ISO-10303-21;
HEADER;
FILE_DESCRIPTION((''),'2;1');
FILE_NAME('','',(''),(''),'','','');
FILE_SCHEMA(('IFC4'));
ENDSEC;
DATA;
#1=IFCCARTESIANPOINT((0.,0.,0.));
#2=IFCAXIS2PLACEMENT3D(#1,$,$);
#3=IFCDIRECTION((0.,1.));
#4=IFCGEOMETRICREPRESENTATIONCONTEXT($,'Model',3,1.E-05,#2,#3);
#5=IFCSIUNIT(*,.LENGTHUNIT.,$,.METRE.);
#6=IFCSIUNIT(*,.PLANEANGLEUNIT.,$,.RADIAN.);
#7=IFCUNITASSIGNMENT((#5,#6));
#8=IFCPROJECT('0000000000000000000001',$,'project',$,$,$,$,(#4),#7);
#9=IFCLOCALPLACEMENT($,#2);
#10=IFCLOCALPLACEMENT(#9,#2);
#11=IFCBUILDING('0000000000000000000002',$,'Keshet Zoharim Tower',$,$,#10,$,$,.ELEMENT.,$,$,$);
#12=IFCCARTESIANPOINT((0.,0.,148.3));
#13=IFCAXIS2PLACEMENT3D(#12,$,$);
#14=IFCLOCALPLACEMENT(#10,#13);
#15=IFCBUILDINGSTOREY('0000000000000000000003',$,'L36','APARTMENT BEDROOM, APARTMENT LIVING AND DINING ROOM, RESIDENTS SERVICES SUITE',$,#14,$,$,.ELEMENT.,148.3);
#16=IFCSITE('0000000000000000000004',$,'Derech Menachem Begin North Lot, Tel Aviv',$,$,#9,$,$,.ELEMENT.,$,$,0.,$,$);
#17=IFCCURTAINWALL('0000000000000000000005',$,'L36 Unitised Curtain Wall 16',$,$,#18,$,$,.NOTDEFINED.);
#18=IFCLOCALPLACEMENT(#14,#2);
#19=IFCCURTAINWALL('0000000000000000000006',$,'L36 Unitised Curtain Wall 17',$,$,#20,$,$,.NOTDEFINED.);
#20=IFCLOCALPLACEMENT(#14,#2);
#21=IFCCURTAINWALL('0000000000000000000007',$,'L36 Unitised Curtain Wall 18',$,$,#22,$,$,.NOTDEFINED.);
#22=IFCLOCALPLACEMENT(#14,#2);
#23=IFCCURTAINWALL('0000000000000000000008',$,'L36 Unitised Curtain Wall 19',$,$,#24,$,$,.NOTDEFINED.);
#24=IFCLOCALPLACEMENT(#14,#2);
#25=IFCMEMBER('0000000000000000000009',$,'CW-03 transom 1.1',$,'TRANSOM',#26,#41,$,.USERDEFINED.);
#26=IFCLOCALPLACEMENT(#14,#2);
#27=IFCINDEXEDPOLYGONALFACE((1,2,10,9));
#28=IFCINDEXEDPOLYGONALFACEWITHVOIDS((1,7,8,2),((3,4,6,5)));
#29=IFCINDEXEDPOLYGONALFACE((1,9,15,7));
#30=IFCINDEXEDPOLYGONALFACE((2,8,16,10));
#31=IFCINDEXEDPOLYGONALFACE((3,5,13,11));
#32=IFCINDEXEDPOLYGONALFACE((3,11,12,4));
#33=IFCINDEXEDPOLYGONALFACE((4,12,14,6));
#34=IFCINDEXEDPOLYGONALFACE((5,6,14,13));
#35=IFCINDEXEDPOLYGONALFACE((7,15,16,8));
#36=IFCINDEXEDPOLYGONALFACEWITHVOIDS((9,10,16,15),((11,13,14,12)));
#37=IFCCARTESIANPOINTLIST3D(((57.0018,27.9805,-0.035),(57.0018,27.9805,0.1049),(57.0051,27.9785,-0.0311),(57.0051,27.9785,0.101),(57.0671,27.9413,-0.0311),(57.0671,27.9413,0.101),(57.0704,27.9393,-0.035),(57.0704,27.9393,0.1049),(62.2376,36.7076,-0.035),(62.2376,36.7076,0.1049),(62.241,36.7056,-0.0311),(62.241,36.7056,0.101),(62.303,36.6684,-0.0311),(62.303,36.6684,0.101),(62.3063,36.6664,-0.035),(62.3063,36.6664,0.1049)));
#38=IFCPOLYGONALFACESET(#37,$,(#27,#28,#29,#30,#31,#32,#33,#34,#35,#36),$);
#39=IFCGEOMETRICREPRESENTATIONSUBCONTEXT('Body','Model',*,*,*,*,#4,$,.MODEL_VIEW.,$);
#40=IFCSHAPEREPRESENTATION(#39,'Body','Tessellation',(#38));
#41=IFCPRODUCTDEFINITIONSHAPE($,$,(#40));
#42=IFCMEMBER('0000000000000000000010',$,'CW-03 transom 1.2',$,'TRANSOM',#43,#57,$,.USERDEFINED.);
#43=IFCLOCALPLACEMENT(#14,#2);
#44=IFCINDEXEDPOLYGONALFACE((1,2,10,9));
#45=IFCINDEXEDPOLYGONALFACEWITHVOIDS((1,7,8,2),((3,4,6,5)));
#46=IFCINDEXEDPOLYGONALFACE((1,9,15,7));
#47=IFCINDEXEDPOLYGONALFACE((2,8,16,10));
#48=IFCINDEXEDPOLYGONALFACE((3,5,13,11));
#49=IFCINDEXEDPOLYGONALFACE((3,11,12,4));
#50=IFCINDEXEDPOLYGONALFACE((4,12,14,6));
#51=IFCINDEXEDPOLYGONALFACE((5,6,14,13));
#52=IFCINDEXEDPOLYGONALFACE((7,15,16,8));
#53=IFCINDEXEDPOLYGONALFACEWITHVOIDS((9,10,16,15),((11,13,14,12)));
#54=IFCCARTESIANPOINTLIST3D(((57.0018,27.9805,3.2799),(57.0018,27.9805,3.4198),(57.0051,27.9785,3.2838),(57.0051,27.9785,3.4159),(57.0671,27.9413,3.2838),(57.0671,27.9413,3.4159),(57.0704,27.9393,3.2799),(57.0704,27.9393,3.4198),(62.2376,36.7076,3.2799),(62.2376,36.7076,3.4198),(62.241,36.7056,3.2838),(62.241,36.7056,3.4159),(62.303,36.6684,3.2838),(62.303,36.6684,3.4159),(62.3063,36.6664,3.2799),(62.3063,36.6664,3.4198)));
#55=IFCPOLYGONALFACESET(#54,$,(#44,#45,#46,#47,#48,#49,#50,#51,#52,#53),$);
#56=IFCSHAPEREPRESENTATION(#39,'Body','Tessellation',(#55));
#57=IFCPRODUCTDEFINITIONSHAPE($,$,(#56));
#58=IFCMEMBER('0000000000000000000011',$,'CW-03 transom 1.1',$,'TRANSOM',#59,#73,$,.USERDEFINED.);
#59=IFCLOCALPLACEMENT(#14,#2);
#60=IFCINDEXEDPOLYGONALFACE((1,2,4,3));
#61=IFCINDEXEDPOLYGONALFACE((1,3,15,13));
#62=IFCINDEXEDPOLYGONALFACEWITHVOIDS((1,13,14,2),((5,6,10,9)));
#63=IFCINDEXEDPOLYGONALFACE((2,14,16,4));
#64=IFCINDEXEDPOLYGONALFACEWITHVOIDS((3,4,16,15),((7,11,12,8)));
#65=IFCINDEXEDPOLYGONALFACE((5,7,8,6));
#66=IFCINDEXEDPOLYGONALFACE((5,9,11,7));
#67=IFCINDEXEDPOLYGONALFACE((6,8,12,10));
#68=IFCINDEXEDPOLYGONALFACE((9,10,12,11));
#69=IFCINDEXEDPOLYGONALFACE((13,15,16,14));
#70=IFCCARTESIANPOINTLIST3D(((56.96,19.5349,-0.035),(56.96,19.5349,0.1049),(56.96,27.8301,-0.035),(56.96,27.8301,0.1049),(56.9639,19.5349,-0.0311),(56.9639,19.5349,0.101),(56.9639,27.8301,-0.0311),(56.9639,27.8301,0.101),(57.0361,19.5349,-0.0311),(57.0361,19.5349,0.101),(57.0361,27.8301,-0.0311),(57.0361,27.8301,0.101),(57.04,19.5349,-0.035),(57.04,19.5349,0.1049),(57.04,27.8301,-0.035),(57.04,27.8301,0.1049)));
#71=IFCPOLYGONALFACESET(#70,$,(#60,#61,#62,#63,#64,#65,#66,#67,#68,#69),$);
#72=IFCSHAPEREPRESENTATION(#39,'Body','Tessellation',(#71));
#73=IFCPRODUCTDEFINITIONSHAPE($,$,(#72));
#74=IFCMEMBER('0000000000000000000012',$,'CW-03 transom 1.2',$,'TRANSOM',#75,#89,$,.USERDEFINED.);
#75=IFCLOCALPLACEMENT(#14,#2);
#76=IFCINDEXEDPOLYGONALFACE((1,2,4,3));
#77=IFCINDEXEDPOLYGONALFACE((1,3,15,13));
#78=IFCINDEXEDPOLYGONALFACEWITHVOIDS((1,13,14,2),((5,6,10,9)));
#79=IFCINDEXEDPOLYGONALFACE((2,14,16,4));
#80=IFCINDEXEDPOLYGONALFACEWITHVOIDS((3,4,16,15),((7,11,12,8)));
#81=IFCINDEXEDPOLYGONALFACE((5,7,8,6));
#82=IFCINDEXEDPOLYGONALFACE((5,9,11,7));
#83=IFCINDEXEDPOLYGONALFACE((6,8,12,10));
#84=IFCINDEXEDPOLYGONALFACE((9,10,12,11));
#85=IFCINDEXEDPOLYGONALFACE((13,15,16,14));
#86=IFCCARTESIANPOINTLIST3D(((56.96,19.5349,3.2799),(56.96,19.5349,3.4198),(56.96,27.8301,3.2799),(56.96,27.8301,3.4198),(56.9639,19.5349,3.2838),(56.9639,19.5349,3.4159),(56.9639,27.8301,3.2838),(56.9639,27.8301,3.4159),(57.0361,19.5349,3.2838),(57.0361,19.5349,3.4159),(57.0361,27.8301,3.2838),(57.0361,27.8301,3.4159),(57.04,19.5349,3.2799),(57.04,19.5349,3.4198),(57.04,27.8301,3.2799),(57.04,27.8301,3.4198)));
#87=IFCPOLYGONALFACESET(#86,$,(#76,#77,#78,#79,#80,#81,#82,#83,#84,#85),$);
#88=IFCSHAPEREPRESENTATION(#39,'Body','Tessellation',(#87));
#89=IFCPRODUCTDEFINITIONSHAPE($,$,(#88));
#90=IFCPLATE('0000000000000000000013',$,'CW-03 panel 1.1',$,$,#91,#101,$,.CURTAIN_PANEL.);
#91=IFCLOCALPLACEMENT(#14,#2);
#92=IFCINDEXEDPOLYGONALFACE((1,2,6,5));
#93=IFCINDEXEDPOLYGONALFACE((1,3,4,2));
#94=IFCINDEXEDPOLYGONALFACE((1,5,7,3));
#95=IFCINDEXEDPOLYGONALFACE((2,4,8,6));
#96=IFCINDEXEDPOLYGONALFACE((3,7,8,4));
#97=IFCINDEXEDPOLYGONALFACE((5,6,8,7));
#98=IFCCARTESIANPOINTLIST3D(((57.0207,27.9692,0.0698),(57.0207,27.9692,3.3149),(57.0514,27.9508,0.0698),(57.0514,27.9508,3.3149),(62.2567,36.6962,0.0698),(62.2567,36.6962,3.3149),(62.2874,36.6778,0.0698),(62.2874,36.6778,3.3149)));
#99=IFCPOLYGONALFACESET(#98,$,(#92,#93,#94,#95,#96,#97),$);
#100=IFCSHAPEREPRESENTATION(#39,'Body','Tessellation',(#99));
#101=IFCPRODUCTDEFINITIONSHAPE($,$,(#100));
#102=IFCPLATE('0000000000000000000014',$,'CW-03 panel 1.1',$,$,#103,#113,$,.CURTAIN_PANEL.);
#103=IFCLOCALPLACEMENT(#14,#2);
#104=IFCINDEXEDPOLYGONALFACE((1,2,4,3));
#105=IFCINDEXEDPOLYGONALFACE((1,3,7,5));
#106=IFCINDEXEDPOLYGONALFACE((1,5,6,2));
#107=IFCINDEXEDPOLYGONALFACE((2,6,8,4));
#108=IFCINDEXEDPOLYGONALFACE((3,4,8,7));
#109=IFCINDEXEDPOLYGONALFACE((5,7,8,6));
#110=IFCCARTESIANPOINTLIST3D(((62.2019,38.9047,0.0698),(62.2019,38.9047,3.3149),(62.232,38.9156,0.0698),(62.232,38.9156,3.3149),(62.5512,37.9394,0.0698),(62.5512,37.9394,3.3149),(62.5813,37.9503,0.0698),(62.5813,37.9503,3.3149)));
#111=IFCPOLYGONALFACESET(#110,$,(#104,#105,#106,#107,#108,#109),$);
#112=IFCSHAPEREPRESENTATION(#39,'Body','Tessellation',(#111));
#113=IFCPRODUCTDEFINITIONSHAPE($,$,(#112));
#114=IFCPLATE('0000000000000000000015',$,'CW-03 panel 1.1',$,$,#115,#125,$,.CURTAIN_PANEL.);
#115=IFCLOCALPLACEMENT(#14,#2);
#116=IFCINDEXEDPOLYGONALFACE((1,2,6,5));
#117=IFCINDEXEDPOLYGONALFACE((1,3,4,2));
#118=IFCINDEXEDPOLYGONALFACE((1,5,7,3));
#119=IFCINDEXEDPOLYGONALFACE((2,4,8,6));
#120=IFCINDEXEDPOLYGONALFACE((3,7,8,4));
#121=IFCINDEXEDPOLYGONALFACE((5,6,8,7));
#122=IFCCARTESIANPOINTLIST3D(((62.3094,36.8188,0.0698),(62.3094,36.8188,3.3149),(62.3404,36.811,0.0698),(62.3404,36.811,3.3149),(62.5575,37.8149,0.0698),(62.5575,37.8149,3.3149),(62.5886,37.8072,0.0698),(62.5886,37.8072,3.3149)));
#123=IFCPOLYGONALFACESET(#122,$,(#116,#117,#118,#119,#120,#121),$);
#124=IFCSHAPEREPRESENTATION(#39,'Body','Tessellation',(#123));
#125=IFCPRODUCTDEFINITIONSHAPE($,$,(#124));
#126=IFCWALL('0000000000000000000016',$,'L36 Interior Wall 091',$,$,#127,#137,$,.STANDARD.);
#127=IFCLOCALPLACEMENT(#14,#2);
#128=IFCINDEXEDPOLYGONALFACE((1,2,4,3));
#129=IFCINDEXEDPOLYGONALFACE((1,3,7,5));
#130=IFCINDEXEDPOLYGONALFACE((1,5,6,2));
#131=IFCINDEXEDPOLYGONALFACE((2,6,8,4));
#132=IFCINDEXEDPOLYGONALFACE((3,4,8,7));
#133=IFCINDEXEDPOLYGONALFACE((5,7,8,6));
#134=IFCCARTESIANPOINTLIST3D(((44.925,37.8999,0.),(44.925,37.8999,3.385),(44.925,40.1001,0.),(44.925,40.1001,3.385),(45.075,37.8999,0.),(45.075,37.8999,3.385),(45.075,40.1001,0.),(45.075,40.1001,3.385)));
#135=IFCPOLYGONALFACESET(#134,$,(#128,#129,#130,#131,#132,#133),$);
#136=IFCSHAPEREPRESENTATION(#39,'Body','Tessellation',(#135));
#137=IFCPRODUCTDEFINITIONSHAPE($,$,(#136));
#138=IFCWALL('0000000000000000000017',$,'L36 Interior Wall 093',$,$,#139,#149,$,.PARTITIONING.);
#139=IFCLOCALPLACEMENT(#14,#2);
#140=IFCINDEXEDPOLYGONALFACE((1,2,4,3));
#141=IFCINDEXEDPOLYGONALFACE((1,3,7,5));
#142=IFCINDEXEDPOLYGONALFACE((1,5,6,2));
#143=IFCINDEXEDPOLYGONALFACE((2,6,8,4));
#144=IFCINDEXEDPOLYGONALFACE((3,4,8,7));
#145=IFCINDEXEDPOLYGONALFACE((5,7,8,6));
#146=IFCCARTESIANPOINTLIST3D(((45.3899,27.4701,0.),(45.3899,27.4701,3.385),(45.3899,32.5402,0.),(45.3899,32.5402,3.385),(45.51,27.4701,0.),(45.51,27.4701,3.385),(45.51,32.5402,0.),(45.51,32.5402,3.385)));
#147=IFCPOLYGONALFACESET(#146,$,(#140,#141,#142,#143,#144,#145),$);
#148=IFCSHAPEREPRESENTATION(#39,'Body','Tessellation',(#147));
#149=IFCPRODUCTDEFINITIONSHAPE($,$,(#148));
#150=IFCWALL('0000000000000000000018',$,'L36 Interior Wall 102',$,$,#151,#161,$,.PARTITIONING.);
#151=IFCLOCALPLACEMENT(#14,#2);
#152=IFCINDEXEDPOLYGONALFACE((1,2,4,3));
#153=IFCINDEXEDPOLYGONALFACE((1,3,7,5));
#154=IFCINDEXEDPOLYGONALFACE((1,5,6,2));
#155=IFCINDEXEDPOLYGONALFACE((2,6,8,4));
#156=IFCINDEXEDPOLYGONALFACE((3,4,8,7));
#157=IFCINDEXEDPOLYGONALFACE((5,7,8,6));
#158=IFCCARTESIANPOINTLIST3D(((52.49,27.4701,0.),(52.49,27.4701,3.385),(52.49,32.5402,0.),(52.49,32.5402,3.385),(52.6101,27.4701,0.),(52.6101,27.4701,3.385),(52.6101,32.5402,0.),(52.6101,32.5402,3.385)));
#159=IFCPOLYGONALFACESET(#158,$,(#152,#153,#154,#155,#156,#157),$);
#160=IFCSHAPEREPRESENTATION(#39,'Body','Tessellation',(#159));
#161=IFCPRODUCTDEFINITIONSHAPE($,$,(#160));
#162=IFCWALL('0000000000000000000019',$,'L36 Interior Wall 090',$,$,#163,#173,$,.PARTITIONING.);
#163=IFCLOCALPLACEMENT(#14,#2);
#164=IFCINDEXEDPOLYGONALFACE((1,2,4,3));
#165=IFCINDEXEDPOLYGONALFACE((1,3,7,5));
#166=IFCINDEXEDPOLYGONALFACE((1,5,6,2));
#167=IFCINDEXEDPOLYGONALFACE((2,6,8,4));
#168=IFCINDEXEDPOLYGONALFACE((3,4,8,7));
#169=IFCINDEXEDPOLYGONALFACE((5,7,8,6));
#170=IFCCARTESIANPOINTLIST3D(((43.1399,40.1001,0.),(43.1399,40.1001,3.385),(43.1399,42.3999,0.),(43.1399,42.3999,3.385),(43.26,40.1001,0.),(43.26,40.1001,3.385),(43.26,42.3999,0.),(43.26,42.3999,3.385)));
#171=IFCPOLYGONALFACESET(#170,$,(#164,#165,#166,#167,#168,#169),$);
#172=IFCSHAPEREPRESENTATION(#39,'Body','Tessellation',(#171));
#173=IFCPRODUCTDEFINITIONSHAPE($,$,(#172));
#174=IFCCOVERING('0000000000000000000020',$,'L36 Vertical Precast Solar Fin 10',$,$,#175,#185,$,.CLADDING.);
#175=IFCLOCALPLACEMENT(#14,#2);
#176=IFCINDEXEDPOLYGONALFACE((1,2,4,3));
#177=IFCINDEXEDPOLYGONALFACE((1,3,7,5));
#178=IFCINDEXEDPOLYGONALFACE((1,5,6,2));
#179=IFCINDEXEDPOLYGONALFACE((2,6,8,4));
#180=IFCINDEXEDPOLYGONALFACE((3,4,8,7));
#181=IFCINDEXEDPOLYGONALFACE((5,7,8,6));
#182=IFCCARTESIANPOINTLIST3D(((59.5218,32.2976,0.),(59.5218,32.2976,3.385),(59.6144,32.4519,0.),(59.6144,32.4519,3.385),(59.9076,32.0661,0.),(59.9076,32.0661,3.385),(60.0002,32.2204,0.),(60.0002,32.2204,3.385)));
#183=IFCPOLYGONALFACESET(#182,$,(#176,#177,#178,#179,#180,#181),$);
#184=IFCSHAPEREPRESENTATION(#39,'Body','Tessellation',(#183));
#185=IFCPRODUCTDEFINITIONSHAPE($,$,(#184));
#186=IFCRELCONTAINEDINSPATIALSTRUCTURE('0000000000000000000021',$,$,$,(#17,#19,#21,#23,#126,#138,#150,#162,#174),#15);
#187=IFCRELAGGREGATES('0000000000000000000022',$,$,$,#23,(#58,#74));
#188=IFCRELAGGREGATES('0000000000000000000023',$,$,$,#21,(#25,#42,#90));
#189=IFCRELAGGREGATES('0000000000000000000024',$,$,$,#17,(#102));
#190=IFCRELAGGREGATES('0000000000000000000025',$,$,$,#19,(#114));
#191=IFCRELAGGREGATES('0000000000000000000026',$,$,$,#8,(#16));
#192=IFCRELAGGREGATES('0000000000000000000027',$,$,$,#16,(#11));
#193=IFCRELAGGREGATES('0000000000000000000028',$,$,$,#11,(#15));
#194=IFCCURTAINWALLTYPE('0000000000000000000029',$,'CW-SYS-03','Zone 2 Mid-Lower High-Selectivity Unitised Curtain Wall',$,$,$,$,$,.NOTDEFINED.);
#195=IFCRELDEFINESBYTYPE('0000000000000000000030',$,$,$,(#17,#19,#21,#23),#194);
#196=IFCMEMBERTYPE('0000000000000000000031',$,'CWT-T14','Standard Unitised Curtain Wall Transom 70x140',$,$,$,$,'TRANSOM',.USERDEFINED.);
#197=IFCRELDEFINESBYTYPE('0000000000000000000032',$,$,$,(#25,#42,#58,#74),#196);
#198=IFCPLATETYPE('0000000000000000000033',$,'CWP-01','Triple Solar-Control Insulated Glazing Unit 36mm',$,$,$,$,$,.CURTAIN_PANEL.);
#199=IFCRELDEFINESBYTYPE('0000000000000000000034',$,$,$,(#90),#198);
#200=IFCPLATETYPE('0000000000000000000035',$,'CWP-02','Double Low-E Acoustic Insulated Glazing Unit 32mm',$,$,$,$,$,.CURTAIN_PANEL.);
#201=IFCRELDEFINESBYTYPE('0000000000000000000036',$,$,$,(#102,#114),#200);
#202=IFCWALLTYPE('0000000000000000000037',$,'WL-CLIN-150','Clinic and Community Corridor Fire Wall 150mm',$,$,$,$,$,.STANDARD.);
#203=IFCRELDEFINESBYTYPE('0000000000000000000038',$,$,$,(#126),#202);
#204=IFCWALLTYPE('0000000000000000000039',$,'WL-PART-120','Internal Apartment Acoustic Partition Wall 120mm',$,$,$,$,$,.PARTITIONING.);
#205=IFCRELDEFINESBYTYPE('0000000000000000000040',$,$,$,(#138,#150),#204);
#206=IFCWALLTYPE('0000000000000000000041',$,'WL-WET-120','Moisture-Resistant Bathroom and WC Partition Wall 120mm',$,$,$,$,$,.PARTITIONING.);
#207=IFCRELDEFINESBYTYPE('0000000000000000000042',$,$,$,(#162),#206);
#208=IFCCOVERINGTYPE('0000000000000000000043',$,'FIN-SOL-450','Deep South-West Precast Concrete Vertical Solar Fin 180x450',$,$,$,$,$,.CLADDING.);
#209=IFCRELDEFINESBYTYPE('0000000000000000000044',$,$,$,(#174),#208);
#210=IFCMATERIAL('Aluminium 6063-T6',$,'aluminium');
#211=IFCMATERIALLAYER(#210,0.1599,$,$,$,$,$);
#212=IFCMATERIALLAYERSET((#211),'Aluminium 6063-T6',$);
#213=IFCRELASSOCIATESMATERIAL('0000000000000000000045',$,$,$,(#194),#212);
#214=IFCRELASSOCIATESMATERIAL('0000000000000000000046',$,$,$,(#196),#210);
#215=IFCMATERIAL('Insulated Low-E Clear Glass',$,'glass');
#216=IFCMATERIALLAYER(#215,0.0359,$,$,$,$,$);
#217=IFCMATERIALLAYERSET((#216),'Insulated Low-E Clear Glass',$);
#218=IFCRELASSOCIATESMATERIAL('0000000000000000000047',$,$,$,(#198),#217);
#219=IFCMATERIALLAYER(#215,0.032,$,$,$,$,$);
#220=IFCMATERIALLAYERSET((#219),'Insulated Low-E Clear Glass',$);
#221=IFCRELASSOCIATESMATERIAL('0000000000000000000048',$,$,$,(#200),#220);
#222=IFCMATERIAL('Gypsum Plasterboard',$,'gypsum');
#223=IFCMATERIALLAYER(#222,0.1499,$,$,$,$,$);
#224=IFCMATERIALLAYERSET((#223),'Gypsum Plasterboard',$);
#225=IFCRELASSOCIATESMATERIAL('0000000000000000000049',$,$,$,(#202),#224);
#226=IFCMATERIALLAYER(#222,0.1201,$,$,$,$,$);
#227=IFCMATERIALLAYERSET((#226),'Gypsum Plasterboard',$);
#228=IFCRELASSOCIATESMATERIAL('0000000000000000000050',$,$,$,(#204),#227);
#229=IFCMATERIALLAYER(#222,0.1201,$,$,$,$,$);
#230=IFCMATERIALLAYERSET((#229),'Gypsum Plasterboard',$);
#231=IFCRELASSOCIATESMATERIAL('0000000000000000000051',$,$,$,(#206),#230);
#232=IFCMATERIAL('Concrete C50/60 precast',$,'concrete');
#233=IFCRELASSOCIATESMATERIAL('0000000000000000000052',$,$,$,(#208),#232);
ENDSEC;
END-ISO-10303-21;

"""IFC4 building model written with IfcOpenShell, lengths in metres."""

from ifc_helpers import new_model, si_unit, direction, frame, frame_2d, origin, origin_2d, place, context, subcontext, project, spatial, rectangle, hollow_rectangle, extrude, material, layer, layer_set, material_profile, profile_set, type_object, element, aggregate, save


model = new_model("IFC4")

# Units and contexts
model_context = context("Model", 3, precision=1e-05, world=origin(), true_north=direction((0.0, 1.0)))
body_context = subcontext(model_context, "Body", "Model", "MODEL_VIEW")
ifc_project = project(units=[si_unit("LENGTHUNIT", "METRE"), si_unit("PLANEANGLEUNIT", "RADIAN")], contexts=[model_context])

# Site, building, storey
site_placement = place(None, origin())
site = spatial("IfcSite", under=ifc_project, at=site_placement, Name="Derech Menachem Begin North Lot, Tel Aviv", CompositionType="ELEMENT", RefElevation=0.0)
building_placement = place(site_placement, origin())
building = spatial("IfcBuilding", under=site, at=building_placement, Name="Keshet Zoharim Tower", CompositionType="ELEMENT")
storey_placement = place(building_placement, frame((0.0, 0.0, 148.3)))
storey = spatial("IfcBuildingStorey", under=building, at=storey_placement, Name="L36", Description="APARTMENT BEDROOM, APARTMENT LIVING AND DINING ROOM, RESIDENTS SERVICES SUITE", CompositionType="ELEMENT", Elevation=148.3)

# Shared definitions
ifc_material_1 = material(Name="Aluminium 6063-T6", Category="aluminium")
ifc_layer_1 = layer(ifc_material_1, 0.1599)
ifc_layer_set_1 = layer_set([ifc_layer_1], Name="Aluminium 6063-T6")
curtain_wall_type = type_object("IfcCurtainWallType", Name="CW-SYS-03", Description="Zone 2 Mid-Lower High-Selectivity Unitised Curtain Wall", PredefinedType="NOTDEFINED", material=ifc_layer_set_1)

# Curtain walls
curtain_wall_1_placement = place(storey_placement, origin())
curtain_wall_1 = element("IfcCurtainWall", 1, at=curtain_wall_1_placement, inside=storey, type_object=curtain_wall_type, Name="L36 Unitised Curtain Wall 16", PredefinedType="NOTDEFINED")
curtain_wall_2_placement = place(storey_placement, origin())
curtain_wall_2 = element("IfcCurtainWall", 2, at=curtain_wall_2_placement, inside=storey, type_object=curtain_wall_type, Name="L36 Unitised Curtain Wall 17", PredefinedType="NOTDEFINED")
curtain_wall_3_placement = place(storey_placement, origin())
curtain_wall_3 = element("IfcCurtainWall", 3, at=curtain_wall_3_placement, inside=storey, type_object=curtain_wall_type, Name="L36 Unitised Curtain Wall 18", PredefinedType="NOTDEFINED")

# Curtain wall
curtain_wall_4_placement = place(storey_placement, origin())
curtain_wall_4 = element("IfcCurtainWall", 4, at=curtain_wall_4_placement, inside=storey, type_object=curtain_wall_type, Name="L36 Unitised Curtain Wall 19", PredefinedType="NOTDEFINED")

# Members
ifc_material_profile_1 = material_profile(ifc_material_1, hollow_rectangle(XDim=0.0801, YDim=0.1399, WallThickness=0.0039, at=origin_2d()), Name="TRN-80x140")
ifc_profile_set_1 = profile_set([ifc_material_profile_1], Name="Aluminium 6063-T6")
member_type_1 = type_object("IfcMemberType", Name="CWT-T14", Description="Standard Unitised Curtain Wall Transom 70x140", ElementType="TRANSOM", PredefinedType="USERDEFINED", material=ifc_profile_set_1)
member_1_placement = place(storey_placement, frame((62.272, 36.687, 0.0349), z_axis=(-0.514468, -0.85751, 0.0), x_axis=(0.85751, -0.514468, 0.0)))
member_1 = element("IfcMember", 5, at=member_1_placement, type_object=member_type_1, Name="CW-03 transom 1.1", ObjectType="TRANSOM", PredefinedType="USERDEFINED", context=body_context, shape_type="SweptSolid", body=[
    extrude(hollow_rectangle(XDim=0.0801, YDim=0.1399, WallThickness=0.0039, at=origin_2d()), origin(), (0.0, 0.0, 1.0), 10.1772),
])
member_2_placement = place(storey_placement, frame((62.272, 36.687, 3.3499), z_axis=(-0.514468, -0.85751, 0.0), x_axis=(0.85751, -0.514468, 0.0)))
member_2 = element("IfcMember", 6, at=member_2_placement, type_object=member_type_1, Name="CW-03 transom 1.2", ObjectType="TRANSOM", PredefinedType="USERDEFINED", context=body_context, shape_type="SweptSolid", body=[
    extrude(hollow_rectangle(XDim=0.0801, YDim=0.1399, WallThickness=0.0039, at=origin_2d()), origin(), (0.0, 0.0, 1.0), 10.1772),
])
member_3_placement = place(storey_placement, frame((57.0, 27.8301, 0.0349), z_axis=(0.0, -1.0, 0.0), x_axis=(1.0, 0.0, 0.0)))
member_3 = element("IfcMember", 7, at=member_3_placement, type_object=member_type_1, Name="CW-03 transom 1.1", ObjectType="TRANSOM", PredefinedType="USERDEFINED", context=body_context, shape_type="SweptSolid", body=[
    extrude(hollow_rectangle(XDim=0.0801, YDim=0.1399, WallThickness=0.0039, at=origin_2d()), origin(), (0.0, 0.0, 1.0), 8.2952),
])
member_4_placement = place(storey_placement, frame((57.0, 27.8301, 3.3499), z_axis=(0.0, -1.0, 0.0), x_axis=(1.0, 0.0, 0.0)))
member_4 = element("IfcMember", 8, at=member_4_placement, type_object=member_type_1, Name="CW-03 transom 1.2", ObjectType="TRANSOM", PredefinedType="USERDEFINED", context=body_context, shape_type="SweptSolid", body=[
    extrude(hollow_rectangle(XDim=0.0801, YDim=0.1399, WallThickness=0.0039, at=origin_2d()), origin(), (0.0, 0.0, 1.0), 8.2952),
])
aggregate(curtain_wall_4, [member_3, member_4])

# Plates
ifc_material_2 = material(Name="Insulated Low-E Clear Glass", Category="glass")
ifc_layer_2 = layer(ifc_material_2, 0.0359)
ifc_layer_set_2 = layer_set([ifc_layer_2], Name="Insulated Low-E Clear Glass")
plate_type_1 = type_object("IfcPlateType", Name="CWP-01", Description="Triple Solar-Control Insulated Glazing Unit 36mm", PredefinedType="CURTAIN_PANEL", material=ifc_layer_set_2)
plate_1_placement = place(storey_placement, frame((59.6541, 32.3235, 0.0698), z_axis=(0.0, 0.0, 1.0), x_axis=(-0.514482, -0.857501, 0.0)))
plate_1 = element("IfcPlate", 9, at=plate_1_placement, type_object=plate_type_1, Name="CW-03 panel 1.1", PredefinedType="CURTAIN_PANEL", context=body_context, shape_type="SweptSolid", body=[
    extrude(rectangle(XDim=10.1772, YDim=0.0359, at=origin_2d()), origin(), (0.0, 0.0, 1.0), 3.2451),
])
aggregate(curtain_wall_3, [member_1, member_2, plate_1])
ifc_layer_3 = layer(ifc_material_2, 0.032)
ifc_layer_set_3 = layer_set([ifc_layer_3], Name="Insulated Low-E Clear Glass")
plate_type_2 = type_object("IfcPlateType", Name="CWP-02", Description="Double Low-E Acoustic Insulated Glazing Unit 32mm", PredefinedType="CURTAIN_PANEL", material=ifc_layer_set_3)
plate_2_placement = place(storey_placement, frame((62.3916, 38.4275, 0.0698), z_axis=(0.0, 0.0, 1.0), x_axis=(0.340297, -0.940318, 0.0)))
plate_2 = element("IfcPlate", 10, at=plate_2_placement, type_object=plate_type_2, Name="CW-03 panel 1.1", PredefinedType="CURTAIN_PANEL", context=body_context, shape_type="SweptSolid", body=[
    extrude(rectangle(XDim=1.0266, YDim=0.032, at=origin_2d()), origin(), (0.0, 0.0, 1.0), 3.2451),
])
aggregate(curtain_wall_1, [plate_2])
plate_3_placement = place(storey_placement, frame((62.449, 37.313, 0.0698), z_axis=(0.0, 0.0, 1.0), x_axis=(-0.241729, -0.970344, 0.0)))
plate_3 = element("IfcPlate", 11, at=plate_3_placement, type_object=plate_type_2, Name="CW-03 panel 1.1", PredefinedType="CURTAIN_PANEL", context=body_context, shape_type="SweptSolid", body=[
    extrude(rectangle(XDim=1.0266, YDim=0.032, at=origin_2d()), origin(), (0.0, 0.0, 1.0), 3.2451),
])
aggregate(curtain_wall_2, [plate_3])

# Walls
ifc_material_3 = material(Name="Gypsum Plasterboard", Category="gypsum")
ifc_layer_4 = layer(ifc_material_3, 0.1499)
ifc_layer_set_4 = layer_set([ifc_layer_4], Name="Gypsum Plasterboard")
wall_type_1 = type_object("IfcWallType", Name="WL-CLIN-150", Description="Clinic and Community Corridor Fire Wall 150mm", PredefinedType="STANDARD", material=ifc_layer_set_4)
wall_1_placement = place(storey_placement, frame((45.0, 37.8999, 0.0), z_axis=(0.0, 0.0, 1.0), x_axis=(0.0, 1.0, 0.0)))
element("IfcWall", 12, at=wall_1_placement, inside=storey, type_object=wall_type_1, Name="L36 Interior Wall 091", PredefinedType="STANDARD", context=body_context, shape_type="SweptSolid", body=[
    extrude(rectangle(XDim=2.2002, YDim=0.1499, at=frame_2d((1.1001, 0.0))), origin(), (0.0, 0.0, 1.0), 3.385),
])
ifc_layer_5 = layer(ifc_material_3, 0.1201)
ifc_layer_set_5 = layer_set([ifc_layer_5], Name="Gypsum Plasterboard")
wall_type_2 = type_object("IfcWallType", Name="WL-PART-120", Description="Internal Apartment Acoustic Partition Wall 120mm", PredefinedType="PARTITIONING", material=ifc_layer_set_5)
for number, where, z_axis, x_axis, name in (
    (13, (45.45, 27.47, 0.0), (0.0, 0.0, 1.0), (0.0, 1.0, 0.0), "L36 Interior Wall 093"),
    (14, (52.55, 27.47, 0.0), (0.0, 0.0, 1.0), (0.0, 1.0, 0.0), "L36 Interior Wall 102"),
):
    element("IfcWall", number, at=place(storey_placement, frame(where, z_axis=z_axis, x_axis=x_axis)), inside=storey, type_object=wall_type_2, Name=name, PredefinedType="PARTITIONING", context=body_context, shape_type="SweptSolid", body=[
        extrude(rectangle(XDim=5.0701, YDim=0.1201, at=frame_2d((2.5352, 0.0))), origin(), (0.0, 0.0, 1.0), 3.385),
    ])
ifc_layer_6 = layer(ifc_material_3, 0.1201)
ifc_layer_set_6 = layer_set([ifc_layer_6], Name="Gypsum Plasterboard")
wall_type_3 = type_object("IfcWallType", Name="WL-WET-120", Description="Moisture-Resistant Bathroom and WC Partition Wall 120mm", PredefinedType="PARTITIONING", material=ifc_layer_set_6)
wall_2_placement = place(storey_placement, frame((43.2, 40.1001, 0.0), z_axis=(0.0, 0.0, 1.0), x_axis=(0.0, 1.0, 0.0)))
element("IfcWall", 15, at=wall_2_placement, inside=storey, type_object=wall_type_3, Name="L36 Interior Wall 090", PredefinedType="PARTITIONING", context=body_context, shape_type="SweptSolid", body=[
    extrude(rectangle(XDim=2.2998, YDim=0.1201, at=frame_2d((1.1499, 0.0))), origin(), (0.0, 0.0, 1.0), 3.385),
])

# Covering
ifc_material_4 = material(Name="Concrete C50/60 precast", Category="concrete")
covering_type = type_object("IfcCoveringType", Name="FIN-SOL-450", Description="Deep South-West Precast Concrete Vertical Solar Fin 180x450", PredefinedType="CLADDING", material=ifc_material_4)
covering_placement = place(storey_placement, frame((59.761, 32.259, 0.0), z_axis=(0.0, 0.0, 1.0), x_axis=(-0.514482, -0.857501, 0.0)))
element("IfcCovering", 16, at=covering_placement, inside=storey, type_object=covering_type, Name="L36 Vertical Precast Solar Fin 10", PredefinedType="CLADDING", context=body_context, shape_type="SweptSolid", body=[
    extrude(rectangle(XDim=0.1799, YDim=0.45, at=origin_2d()), origin(), (0.0, 0.0, 1.0), 3.385),
])

save(model, "model.ifc")
